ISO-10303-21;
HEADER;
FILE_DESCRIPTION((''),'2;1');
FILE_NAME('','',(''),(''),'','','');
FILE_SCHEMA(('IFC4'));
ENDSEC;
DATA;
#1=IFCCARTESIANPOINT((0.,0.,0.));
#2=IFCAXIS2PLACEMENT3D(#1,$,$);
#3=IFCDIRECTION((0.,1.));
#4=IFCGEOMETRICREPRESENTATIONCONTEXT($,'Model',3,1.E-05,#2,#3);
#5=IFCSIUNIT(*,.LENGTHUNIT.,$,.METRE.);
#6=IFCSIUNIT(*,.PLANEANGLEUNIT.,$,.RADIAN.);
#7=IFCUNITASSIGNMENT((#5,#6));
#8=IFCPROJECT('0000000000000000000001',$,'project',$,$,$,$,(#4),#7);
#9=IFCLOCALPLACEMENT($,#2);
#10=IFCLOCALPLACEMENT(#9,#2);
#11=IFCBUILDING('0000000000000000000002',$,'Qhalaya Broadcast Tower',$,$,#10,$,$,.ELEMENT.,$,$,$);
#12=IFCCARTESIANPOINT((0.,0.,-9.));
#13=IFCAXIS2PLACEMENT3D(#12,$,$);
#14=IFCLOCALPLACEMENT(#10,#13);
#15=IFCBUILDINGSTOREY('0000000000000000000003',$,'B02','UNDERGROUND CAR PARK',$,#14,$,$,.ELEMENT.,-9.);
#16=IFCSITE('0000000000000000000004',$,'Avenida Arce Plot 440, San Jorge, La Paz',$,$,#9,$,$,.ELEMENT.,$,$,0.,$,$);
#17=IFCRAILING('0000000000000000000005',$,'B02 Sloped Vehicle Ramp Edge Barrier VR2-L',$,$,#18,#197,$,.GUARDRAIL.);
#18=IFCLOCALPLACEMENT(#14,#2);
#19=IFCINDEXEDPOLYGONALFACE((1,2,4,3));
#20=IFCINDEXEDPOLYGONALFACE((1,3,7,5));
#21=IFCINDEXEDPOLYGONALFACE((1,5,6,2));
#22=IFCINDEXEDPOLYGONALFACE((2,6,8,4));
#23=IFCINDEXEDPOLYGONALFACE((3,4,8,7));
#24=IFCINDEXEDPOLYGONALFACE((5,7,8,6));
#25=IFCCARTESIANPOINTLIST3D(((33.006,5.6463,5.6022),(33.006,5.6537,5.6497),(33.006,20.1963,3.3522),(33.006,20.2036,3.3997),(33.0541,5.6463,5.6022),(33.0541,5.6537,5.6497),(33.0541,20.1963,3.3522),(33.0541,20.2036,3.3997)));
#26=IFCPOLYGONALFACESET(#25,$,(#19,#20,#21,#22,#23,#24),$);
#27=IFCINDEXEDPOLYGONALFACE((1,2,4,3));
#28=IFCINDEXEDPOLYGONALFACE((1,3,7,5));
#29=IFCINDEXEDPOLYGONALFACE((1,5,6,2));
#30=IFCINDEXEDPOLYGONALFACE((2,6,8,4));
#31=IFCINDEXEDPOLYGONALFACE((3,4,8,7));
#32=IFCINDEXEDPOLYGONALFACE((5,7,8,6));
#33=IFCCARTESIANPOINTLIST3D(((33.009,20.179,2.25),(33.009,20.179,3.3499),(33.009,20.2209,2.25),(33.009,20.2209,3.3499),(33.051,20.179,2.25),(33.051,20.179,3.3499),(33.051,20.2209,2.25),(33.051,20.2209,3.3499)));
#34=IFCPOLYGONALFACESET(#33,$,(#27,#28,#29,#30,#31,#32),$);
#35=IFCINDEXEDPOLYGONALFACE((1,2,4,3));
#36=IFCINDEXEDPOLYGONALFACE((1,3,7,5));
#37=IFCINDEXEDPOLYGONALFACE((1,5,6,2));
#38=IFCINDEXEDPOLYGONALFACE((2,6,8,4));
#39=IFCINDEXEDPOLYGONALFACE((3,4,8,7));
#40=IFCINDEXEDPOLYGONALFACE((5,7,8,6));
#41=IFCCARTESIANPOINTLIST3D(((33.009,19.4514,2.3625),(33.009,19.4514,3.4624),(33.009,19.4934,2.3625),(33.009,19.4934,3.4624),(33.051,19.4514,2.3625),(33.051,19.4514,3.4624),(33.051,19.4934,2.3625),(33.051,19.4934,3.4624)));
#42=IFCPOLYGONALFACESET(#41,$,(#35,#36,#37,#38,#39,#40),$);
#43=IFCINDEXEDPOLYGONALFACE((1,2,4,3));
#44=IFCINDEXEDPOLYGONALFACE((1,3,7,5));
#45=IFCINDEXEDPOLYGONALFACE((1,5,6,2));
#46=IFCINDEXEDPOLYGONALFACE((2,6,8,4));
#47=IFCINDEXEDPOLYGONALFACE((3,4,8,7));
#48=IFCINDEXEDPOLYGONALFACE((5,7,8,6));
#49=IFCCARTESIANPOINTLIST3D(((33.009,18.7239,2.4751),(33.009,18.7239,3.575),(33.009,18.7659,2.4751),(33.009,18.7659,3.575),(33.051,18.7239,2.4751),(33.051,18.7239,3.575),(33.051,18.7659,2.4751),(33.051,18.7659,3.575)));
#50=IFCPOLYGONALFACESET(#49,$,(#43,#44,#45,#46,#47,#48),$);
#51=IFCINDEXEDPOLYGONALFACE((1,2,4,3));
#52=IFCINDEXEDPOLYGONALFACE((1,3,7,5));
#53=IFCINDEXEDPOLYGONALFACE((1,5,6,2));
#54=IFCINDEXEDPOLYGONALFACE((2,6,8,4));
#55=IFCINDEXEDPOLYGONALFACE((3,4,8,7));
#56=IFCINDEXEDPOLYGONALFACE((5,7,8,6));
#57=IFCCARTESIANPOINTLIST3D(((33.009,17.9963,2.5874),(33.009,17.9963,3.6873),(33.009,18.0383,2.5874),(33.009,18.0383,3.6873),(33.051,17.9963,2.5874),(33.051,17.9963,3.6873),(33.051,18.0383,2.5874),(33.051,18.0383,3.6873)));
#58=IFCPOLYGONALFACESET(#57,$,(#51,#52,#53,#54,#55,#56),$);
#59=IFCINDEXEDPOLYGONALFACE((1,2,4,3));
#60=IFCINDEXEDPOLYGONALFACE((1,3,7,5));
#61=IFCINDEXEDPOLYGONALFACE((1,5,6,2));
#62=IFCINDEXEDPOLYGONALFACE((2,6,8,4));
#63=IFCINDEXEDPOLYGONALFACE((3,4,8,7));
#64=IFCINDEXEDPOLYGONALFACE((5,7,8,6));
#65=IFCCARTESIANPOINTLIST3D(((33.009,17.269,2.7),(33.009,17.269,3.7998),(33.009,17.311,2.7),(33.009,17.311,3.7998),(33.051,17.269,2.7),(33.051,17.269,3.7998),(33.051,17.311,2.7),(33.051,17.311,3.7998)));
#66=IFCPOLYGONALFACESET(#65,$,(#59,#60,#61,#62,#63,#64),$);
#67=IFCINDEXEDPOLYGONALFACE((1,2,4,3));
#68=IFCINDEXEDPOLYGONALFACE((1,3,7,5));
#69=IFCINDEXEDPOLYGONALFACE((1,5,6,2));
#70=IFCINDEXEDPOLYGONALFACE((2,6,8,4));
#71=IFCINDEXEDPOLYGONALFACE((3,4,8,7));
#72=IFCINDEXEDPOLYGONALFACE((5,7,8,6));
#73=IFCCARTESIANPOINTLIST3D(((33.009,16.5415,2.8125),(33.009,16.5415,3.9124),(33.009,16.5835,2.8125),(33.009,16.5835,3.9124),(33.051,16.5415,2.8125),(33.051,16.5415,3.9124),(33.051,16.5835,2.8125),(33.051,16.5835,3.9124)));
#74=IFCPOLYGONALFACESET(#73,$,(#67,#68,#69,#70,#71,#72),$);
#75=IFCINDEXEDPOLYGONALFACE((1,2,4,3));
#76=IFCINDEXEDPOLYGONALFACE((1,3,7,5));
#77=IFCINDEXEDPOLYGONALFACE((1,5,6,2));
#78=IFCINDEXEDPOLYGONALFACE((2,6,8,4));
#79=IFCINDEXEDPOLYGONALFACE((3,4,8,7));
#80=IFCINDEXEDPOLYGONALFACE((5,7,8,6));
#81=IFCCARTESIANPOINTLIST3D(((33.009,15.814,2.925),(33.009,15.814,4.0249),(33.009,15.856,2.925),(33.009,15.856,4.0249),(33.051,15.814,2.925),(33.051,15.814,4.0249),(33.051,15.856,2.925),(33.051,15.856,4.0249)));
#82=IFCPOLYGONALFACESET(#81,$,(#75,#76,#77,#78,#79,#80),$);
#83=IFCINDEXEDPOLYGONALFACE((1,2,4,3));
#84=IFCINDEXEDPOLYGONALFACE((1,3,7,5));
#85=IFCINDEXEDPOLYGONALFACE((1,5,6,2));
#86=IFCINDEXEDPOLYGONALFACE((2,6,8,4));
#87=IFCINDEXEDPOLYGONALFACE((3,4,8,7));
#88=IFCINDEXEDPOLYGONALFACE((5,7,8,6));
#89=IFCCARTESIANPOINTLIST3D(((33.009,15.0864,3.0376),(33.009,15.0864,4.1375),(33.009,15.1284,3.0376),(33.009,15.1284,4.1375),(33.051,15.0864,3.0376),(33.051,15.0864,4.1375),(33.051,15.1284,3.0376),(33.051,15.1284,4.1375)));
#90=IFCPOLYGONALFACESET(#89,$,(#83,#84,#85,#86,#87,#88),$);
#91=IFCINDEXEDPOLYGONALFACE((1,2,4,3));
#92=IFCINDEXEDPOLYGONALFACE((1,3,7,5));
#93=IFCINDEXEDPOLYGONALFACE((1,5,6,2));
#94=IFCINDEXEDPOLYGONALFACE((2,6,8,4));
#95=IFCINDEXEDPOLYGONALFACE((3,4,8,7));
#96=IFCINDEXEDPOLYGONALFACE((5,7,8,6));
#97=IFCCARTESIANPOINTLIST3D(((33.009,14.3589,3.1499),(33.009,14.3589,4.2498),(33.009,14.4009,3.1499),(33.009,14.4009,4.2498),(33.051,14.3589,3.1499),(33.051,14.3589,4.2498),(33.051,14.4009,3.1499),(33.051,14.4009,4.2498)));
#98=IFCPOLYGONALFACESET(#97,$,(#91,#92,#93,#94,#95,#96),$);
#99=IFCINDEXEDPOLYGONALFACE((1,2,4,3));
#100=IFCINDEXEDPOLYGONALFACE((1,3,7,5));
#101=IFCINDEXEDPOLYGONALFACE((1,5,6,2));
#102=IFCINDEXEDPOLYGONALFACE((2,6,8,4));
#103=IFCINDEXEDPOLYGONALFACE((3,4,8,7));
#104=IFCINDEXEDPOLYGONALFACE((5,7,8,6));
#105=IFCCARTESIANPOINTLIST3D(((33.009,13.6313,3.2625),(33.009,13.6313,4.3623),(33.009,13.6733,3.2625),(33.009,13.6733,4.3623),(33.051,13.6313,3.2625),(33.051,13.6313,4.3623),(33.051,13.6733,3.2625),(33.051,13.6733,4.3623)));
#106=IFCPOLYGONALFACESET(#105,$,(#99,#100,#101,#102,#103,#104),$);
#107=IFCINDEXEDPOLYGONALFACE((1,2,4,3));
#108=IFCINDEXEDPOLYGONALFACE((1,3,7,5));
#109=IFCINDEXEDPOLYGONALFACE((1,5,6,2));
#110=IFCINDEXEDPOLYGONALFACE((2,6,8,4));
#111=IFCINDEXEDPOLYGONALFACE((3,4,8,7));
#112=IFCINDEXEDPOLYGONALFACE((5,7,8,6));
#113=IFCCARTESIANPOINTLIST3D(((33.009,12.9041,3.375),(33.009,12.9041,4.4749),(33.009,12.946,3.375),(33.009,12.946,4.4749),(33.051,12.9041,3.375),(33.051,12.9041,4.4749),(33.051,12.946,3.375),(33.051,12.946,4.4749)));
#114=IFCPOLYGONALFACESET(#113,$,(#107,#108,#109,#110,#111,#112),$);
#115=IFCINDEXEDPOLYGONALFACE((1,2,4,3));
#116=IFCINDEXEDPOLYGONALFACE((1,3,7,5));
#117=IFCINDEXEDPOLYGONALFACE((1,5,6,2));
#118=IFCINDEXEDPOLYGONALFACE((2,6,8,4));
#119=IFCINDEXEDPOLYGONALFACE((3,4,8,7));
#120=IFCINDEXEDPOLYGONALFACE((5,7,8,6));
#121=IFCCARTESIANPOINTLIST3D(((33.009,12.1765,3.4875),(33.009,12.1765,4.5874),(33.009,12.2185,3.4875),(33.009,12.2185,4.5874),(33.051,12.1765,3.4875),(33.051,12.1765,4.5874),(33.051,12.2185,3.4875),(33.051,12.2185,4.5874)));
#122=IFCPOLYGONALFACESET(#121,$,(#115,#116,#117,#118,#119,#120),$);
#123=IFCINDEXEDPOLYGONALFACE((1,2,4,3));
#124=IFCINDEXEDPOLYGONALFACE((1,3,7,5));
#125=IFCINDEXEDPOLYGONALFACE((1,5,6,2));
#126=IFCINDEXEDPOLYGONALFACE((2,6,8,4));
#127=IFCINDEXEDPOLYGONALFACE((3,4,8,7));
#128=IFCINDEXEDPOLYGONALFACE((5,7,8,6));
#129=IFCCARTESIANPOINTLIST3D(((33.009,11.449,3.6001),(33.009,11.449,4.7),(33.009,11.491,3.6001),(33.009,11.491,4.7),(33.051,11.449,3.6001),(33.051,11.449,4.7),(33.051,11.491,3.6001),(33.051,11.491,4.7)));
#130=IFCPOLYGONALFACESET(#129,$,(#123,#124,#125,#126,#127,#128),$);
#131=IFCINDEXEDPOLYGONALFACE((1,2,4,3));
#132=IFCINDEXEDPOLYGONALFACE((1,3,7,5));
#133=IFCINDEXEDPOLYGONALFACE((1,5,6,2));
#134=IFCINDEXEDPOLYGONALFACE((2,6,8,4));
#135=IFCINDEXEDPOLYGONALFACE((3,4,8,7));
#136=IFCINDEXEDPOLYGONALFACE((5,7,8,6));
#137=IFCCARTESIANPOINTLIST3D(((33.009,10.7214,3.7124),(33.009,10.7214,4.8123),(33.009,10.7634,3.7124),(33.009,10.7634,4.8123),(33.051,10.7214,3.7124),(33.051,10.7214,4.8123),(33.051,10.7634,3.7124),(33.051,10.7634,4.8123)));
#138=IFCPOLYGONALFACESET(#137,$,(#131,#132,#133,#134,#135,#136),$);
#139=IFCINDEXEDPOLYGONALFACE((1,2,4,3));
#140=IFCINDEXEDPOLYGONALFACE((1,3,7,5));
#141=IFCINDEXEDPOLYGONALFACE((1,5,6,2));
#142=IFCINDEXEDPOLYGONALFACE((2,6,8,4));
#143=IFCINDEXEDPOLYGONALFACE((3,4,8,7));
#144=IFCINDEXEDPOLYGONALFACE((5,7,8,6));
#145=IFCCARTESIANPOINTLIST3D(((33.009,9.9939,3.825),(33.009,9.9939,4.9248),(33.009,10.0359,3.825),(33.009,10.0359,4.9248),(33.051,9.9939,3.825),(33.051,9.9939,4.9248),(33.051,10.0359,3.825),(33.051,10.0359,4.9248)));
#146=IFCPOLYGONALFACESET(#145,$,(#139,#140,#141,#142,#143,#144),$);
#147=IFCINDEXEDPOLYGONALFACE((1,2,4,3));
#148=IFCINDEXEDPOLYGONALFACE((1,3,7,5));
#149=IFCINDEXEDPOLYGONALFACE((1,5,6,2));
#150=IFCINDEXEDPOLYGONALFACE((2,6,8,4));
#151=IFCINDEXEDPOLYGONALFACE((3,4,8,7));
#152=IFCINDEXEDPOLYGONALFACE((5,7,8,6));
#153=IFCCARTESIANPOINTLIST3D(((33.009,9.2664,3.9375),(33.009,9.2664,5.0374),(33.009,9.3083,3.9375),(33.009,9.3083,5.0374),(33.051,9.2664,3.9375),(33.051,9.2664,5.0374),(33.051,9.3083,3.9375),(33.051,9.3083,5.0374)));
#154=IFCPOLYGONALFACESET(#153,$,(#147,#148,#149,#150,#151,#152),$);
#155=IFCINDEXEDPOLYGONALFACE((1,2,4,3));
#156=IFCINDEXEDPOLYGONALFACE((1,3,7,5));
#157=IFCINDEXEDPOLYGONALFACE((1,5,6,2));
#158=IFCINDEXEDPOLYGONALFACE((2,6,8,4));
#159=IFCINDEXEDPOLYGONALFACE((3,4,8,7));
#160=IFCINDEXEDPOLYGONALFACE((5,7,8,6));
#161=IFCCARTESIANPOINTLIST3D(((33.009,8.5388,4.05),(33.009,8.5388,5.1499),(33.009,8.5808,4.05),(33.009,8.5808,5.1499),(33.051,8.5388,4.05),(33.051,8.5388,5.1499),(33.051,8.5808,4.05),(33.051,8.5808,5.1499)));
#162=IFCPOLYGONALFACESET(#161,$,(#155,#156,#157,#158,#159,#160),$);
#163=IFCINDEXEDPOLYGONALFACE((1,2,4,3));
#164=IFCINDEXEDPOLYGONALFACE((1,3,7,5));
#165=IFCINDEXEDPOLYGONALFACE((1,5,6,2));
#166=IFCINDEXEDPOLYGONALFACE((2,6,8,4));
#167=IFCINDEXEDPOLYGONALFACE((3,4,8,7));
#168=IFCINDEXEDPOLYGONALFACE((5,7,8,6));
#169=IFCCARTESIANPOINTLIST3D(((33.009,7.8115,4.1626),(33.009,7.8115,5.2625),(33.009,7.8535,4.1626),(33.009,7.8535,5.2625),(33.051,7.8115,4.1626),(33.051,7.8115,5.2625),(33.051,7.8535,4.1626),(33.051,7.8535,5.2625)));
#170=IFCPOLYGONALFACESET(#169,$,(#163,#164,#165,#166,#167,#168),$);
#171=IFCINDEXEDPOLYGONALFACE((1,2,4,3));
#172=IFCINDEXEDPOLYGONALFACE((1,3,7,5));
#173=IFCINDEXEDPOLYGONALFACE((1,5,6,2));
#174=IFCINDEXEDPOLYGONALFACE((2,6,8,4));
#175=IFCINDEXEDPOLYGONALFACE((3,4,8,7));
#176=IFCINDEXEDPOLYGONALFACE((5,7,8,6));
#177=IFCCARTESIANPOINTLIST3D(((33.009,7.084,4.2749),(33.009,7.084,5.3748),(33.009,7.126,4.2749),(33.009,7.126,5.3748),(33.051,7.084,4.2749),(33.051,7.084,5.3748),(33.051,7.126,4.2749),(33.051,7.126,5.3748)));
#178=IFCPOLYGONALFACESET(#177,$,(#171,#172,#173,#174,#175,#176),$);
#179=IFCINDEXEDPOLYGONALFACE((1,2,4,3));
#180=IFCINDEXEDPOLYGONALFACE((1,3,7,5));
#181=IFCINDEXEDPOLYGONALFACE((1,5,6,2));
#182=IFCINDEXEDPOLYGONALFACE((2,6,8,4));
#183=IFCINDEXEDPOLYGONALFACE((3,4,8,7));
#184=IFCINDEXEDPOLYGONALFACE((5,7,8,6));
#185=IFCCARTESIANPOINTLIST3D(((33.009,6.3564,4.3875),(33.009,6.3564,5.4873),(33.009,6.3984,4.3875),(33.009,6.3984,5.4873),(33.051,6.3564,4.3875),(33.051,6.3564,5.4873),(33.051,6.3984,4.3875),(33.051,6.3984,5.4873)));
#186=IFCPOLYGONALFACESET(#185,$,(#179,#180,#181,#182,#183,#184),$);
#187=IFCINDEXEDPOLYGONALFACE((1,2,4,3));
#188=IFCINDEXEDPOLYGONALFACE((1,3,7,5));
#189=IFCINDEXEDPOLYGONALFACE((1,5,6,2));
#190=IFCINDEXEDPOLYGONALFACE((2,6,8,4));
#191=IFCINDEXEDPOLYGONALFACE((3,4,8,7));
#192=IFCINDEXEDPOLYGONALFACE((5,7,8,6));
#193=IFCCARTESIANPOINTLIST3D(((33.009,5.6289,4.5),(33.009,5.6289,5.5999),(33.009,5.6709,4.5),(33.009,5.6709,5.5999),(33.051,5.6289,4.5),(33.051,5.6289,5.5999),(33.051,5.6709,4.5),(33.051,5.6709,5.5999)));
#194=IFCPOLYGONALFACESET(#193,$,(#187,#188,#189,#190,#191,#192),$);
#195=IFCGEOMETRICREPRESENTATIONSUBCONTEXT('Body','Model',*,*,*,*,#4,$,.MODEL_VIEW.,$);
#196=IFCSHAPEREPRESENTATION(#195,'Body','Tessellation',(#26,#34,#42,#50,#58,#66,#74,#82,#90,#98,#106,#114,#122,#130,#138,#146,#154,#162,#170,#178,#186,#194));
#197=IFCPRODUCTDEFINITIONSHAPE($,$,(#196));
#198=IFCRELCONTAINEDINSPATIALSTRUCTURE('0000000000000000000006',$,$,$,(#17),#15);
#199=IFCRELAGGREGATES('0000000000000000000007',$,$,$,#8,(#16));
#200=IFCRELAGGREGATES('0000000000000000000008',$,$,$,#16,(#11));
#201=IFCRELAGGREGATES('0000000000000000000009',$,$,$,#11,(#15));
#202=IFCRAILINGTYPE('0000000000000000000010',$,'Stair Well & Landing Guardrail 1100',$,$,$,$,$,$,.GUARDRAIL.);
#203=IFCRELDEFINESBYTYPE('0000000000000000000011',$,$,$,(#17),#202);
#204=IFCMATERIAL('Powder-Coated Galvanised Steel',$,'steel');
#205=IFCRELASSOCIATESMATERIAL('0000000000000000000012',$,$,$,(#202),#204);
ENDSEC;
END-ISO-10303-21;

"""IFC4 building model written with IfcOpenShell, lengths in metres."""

from ifc_helpers import new_model, si_unit, direction, frame, origin, origin_2d, place, context, subcontext, project, spatial, rectangle, extrude, material, type_object, element, save


model = new_model("IFC4")

# Units and contexts
model_context = context("Model", 3, precision=1e-05, world=origin(), true_north=direction((0.0, 1.0)))
body_context = subcontext(model_context, "Body", "Model", "MODEL_VIEW")
ifc_project = project(units=[si_unit("LENGTHUNIT", "METRE"), si_unit("PLANEANGLEUNIT", "RADIAN")], contexts=[model_context])

# Site, building, storey
site_placement = place(None, origin())
site = spatial("IfcSite", under=ifc_project, at=site_placement, Name="Avenida Arce Plot 440, San Jorge, La Paz", CompositionType="ELEMENT", RefElevation=0.0)
building_placement = place(site_placement, origin())
building = spatial("IfcBuilding", under=site, at=building_placement, Name="Qhalaya Broadcast Tower", CompositionType="ELEMENT")
storey_placement = place(building_placement, frame((0.0, 0.0, -9.0)))
storey = spatial("IfcBuildingStorey", under=building, at=storey_placement, Name="B02", Description="UNDERGROUND CAR PARK", CompositionType="ELEMENT", Elevation=-9.0)

# Railing
ifc_material_1 = material(Name="Powder-Coated Galvanised Steel", Category="steel")
railing_type = type_object("IfcRailingType", Name="Stair Well & Landing Guardrail 1100", PredefinedType="GUARDRAIL", material=ifc_material_1)
railing_1_placement = place(storey_placement, frame((33.03, 20.2, 2.25)))
element("IfcRailing", 1, at=railing_1_placement, inside=storey, type_object=railing_type, Name="B02 Sloped Vehicle Ramp Edge Barrier VR2-L", PredefinedType="GUARDRAIL", context=body_context, shape_type="SweptSolid", body=[
    extrude(rectangle(XDim=0.0481, YDim=0.0481, at=origin_2d()), frame((0.0, 0.0, 1.126), z_axis=(0.0, -0.988254, 0.152822), x_axis=(1.0, 0.0, 0.0)), (0.0, 0.0, 1.0), 14.7229),
    extrude(rectangle(XDim=0.042, YDim=0.042, at=origin_2d()), origin(), (0.0, 0.0, 1.0), 1.0999),
    extrude(rectangle(XDim=0.042, YDim=0.042, at=origin_2d()), frame((0.0, -0.7275, 0.1125)), (0.0, 0.0, 1.0), 1.0999),
    extrude(rectangle(XDim=0.042, YDim=0.042, at=origin_2d()), frame((0.0, -1.4551, 0.2251)), (0.0, 0.0, 1.0), 1.0999),
    extrude(rectangle(XDim=0.042, YDim=0.042, at=origin_2d()), frame((0.0, -2.1826, 0.3374)), (0.0, 0.0, 1.0), 1.0999),
    extrude(rectangle(XDim=0.042, YDim=0.042, at=origin_2d()), frame((0.0, -2.9099, 0.45)), (0.0, 0.0, 1.0), 1.0999),
    extrude(rectangle(XDim=0.042, YDim=0.042, at=origin_2d()), frame((0.0, -3.6375, 0.5625)), (0.0, 0.0, 1.0), 1.0999),
    extrude(rectangle(XDim=0.042, YDim=0.042, at=origin_2d()), frame((0.0, -4.365, 0.675)), (0.0, 0.0, 1.0), 1.0999),
    extrude(rectangle(XDim=0.042, YDim=0.042, at=origin_2d()), frame((0.0, -5.0925, 0.7876)), (0.0, 0.0, 1.0), 1.0999),
    extrude(rectangle(XDim=0.042, YDim=0.042, at=origin_2d()), frame((0.0, -5.8201, 0.8999)), (0.0, 0.0, 1.0), 1.0999),
    extrude(rectangle(XDim=0.042, YDim=0.042, at=origin_2d()), frame((0.0, -6.5476, 1.0125)), (0.0, 0.0, 1.0), 1.0999),
    extrude(rectangle(XDim=0.042, YDim=0.042, at=origin_2d()), frame((0.0, -7.2749, 1.125)), (0.0, 0.0, 1.0), 1.0999),
    extrude(rectangle(XDim=0.042, YDim=0.042, at=origin_2d()), frame((0.0, -8.0024, 1.2375)), (0.0, 0.0, 1.0), 1.0999),
    extrude(rectangle(XDim=0.042, YDim=0.042, at=origin_2d()), frame((0.0, -8.73, 1.3501)), (0.0, 0.0, 1.0), 1.0999),
    extrude(rectangle(XDim=0.042, YDim=0.042, at=origin_2d()), frame((0.0, -9.4575, 1.4624)), (0.0, 0.0, 1.0), 1.0999),
    extrude(rectangle(XDim=0.042, YDim=0.042, at=origin_2d()), frame((0.0, -10.1851, 1.575)), (0.0, 0.0, 1.0), 1.0999),
    extrude(rectangle(XDim=0.042, YDim=0.042, at=origin_2d()), frame((0.0, -10.9126, 1.6875)), (0.0, 0.0, 1.0), 1.0999),
    extrude(rectangle(XDim=0.042, YDim=0.042, at=origin_2d()), frame((0.0, -11.6401, 1.8)), (0.0, 0.0, 1.0), 1.0999),
    extrude(rectangle(XDim=0.042, YDim=0.042, at=origin_2d()), frame((0.0, -12.3674, 1.9126)), (0.0, 0.0, 1.0), 1.0999),
    extrude(rectangle(XDim=0.042, YDim=0.042, at=origin_2d()), frame((0.0, -13.095, 2.0249)), (0.0, 0.0, 1.0), 1.0999),
    extrude(rectangle(XDim=0.042, YDim=0.042, at=origin_2d()), frame((0.0, -13.8225, 2.1375)), (0.0, 0.0, 1.0), 1.0999),
    extrude(rectangle(XDim=0.042, YDim=0.042, at=origin_2d()), frame((0.0, -14.55, 2.25)), (0.0, 0.0, 1.0), 1.0999),
])

save(model, "model.ifc")
